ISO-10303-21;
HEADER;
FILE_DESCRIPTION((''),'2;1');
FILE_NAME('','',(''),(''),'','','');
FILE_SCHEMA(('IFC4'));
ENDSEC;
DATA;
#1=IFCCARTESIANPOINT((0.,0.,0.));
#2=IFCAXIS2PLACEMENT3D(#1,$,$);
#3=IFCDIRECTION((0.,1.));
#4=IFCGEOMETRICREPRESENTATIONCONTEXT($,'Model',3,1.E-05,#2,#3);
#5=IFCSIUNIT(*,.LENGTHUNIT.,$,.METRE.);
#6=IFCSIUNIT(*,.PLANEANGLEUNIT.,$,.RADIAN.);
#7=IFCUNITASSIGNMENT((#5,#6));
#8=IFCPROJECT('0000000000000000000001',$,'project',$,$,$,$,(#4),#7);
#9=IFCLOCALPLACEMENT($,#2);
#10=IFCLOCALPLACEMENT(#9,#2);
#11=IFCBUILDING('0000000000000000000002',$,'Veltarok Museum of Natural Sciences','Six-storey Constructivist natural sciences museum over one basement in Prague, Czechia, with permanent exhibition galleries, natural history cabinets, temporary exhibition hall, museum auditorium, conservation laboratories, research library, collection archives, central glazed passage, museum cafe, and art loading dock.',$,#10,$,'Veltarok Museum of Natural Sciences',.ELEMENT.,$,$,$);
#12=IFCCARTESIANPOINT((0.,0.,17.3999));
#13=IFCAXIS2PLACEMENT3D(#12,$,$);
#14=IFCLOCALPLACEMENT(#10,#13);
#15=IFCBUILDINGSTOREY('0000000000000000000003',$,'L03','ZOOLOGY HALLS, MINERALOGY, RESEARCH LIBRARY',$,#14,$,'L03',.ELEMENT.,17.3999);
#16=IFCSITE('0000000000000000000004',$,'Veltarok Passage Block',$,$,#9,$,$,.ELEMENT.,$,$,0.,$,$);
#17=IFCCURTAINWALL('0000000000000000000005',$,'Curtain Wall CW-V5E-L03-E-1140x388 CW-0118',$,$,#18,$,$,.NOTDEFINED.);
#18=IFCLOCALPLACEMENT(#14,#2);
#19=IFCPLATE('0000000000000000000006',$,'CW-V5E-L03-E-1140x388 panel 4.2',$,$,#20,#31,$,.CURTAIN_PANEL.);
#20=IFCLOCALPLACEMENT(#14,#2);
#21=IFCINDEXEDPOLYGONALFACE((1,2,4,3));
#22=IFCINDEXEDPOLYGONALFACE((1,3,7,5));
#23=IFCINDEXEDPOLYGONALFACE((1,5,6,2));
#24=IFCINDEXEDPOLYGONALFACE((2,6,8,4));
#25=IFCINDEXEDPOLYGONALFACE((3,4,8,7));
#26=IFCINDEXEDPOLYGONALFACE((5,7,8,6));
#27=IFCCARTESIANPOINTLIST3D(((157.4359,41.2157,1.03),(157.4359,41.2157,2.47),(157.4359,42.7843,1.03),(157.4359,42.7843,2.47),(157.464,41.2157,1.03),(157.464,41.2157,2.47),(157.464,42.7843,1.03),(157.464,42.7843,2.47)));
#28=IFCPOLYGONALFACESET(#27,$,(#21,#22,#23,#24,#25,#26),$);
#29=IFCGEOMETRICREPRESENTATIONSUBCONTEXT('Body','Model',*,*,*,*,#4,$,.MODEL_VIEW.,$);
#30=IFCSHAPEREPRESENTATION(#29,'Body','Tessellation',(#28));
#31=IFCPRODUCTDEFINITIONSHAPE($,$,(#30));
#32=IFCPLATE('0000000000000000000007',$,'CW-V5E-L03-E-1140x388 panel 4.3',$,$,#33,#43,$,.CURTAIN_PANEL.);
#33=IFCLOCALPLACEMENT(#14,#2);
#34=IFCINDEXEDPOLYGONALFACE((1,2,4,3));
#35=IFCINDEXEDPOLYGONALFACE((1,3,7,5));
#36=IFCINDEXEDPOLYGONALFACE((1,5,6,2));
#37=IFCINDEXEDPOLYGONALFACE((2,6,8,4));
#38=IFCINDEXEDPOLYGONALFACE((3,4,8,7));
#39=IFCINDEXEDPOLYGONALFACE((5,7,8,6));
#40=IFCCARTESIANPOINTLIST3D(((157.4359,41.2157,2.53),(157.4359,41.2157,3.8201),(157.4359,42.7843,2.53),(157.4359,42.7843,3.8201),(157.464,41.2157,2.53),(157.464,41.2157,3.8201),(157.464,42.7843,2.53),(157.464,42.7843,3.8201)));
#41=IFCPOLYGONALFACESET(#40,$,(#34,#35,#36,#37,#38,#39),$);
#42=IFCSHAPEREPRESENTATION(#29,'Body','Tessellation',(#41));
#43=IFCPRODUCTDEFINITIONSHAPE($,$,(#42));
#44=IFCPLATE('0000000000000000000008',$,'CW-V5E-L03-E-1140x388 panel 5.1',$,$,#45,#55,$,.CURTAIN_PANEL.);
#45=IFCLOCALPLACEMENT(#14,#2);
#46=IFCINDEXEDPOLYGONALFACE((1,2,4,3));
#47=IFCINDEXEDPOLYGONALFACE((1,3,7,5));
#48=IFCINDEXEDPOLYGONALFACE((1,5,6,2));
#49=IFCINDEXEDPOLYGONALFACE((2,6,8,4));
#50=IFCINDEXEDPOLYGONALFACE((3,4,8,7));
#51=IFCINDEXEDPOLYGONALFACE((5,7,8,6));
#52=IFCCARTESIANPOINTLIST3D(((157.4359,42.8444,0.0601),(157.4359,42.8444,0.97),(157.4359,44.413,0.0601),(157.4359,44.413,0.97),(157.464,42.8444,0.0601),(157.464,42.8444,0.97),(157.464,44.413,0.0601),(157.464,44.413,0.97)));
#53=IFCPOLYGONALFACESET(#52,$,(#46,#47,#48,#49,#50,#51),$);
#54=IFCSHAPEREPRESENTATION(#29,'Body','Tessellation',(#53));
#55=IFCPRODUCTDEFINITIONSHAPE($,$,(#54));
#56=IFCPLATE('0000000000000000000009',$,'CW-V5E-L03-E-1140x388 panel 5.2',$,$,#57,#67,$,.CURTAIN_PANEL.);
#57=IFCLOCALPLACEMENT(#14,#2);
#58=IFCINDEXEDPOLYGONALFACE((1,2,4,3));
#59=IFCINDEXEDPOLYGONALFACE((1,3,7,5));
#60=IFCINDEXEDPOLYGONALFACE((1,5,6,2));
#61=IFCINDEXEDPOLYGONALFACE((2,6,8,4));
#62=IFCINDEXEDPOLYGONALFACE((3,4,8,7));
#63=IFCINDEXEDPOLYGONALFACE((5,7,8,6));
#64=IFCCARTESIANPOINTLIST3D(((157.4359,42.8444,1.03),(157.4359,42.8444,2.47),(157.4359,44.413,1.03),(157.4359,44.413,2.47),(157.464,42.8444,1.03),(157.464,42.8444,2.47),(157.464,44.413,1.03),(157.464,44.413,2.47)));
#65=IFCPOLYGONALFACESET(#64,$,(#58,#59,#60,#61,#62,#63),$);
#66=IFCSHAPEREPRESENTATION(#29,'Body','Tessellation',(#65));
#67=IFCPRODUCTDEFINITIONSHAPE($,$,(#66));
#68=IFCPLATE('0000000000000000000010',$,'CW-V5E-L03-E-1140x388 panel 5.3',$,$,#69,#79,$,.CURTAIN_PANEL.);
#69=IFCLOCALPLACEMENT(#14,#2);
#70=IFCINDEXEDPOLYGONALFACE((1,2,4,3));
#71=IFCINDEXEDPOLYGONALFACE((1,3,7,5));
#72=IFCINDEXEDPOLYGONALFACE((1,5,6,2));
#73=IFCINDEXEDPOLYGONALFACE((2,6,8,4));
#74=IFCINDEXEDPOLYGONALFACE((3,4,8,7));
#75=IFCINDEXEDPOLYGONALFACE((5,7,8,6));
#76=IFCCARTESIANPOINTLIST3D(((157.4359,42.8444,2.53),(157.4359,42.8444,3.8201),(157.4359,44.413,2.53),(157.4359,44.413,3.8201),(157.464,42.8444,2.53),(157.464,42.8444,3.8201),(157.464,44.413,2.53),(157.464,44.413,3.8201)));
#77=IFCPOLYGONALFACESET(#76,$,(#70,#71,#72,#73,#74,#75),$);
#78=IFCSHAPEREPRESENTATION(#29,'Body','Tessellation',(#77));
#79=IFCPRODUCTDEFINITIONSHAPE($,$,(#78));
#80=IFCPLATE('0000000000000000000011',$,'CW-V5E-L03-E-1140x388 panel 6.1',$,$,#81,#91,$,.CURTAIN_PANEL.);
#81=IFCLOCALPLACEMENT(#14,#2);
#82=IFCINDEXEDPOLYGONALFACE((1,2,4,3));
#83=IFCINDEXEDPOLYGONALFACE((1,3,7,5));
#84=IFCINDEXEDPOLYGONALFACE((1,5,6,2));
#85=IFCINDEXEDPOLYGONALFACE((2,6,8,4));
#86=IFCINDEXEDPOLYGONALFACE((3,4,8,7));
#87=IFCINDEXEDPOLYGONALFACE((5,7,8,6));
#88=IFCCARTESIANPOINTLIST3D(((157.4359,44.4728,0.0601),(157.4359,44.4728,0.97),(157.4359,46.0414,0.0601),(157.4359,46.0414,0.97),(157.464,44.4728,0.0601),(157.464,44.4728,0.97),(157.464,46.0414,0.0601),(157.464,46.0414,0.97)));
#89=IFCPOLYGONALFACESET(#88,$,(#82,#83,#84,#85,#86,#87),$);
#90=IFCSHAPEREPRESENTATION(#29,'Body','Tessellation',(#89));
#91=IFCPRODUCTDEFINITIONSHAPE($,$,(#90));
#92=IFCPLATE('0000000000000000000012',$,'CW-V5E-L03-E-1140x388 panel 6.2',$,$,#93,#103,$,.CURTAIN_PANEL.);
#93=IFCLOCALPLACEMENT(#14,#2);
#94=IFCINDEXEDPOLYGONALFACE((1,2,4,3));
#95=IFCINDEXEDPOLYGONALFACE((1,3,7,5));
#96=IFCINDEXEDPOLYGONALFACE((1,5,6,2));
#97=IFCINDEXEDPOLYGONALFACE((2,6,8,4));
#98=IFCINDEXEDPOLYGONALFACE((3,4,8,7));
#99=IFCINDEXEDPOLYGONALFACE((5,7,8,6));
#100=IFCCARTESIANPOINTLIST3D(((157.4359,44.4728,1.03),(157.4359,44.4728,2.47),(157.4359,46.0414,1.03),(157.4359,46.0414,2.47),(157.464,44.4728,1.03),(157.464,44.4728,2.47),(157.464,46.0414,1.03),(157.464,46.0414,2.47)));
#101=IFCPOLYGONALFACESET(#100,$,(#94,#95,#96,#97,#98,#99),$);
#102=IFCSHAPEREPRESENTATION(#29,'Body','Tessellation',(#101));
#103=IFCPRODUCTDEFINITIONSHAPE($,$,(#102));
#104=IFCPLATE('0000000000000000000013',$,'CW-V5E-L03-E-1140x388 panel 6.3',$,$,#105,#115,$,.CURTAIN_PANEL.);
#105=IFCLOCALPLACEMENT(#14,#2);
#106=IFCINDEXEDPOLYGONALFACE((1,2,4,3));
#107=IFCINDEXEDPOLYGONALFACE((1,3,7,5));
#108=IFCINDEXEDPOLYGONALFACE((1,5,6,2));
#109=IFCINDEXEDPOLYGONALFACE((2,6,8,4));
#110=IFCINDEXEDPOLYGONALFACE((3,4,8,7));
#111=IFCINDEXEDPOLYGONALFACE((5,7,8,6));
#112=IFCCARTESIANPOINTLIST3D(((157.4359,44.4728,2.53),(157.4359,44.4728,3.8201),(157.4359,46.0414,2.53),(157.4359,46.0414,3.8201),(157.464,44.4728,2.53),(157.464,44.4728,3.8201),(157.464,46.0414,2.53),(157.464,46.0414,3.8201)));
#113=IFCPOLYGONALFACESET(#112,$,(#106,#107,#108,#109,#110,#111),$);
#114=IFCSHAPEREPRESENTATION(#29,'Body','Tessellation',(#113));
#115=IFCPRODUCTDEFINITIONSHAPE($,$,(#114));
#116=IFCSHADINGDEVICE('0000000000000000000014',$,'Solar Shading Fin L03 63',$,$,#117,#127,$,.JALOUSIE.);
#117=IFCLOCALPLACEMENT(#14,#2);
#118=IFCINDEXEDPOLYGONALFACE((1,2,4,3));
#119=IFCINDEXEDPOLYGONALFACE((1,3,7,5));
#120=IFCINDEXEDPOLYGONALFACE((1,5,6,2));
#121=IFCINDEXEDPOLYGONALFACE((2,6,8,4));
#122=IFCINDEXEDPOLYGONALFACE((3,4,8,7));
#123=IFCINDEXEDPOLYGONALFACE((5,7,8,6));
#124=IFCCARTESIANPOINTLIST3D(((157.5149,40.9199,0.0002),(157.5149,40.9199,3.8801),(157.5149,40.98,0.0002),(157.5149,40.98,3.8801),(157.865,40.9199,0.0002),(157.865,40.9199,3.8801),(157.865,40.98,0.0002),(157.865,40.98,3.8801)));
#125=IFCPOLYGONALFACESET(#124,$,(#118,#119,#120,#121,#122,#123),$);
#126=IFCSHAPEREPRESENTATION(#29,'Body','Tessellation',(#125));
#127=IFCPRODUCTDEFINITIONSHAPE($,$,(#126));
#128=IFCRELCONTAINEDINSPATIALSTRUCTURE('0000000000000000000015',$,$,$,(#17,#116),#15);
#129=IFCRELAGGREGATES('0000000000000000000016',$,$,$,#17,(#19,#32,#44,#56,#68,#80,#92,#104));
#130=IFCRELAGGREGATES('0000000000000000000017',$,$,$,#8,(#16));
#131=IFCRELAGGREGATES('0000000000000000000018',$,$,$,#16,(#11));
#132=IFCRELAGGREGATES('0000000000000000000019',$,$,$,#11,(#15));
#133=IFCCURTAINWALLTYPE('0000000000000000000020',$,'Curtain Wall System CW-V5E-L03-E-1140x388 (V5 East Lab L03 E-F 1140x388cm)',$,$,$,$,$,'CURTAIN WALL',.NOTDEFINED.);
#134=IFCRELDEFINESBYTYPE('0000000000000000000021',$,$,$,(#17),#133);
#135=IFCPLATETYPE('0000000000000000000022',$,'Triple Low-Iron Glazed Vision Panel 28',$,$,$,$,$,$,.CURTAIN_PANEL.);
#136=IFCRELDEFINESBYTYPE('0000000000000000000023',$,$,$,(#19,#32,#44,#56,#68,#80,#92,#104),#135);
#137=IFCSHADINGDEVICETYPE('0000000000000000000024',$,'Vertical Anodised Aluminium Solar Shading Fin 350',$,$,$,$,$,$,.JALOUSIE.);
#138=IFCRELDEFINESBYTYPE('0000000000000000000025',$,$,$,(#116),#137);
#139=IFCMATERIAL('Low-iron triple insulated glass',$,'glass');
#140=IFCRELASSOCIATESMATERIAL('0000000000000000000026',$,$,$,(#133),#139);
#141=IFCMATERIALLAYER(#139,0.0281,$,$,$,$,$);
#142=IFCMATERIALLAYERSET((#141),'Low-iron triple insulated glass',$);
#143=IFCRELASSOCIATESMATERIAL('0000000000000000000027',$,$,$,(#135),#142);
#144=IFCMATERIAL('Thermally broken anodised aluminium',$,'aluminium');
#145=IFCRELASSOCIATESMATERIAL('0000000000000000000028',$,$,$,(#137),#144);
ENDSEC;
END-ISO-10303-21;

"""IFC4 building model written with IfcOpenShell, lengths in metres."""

from ifc_helpers import new_model, si_unit, direction, frame, origin, origin_2d, place, context, subcontext, project, spatial, rectangle, extrude, material, layer, layer_set, type_object, element, aggregate, save


model = new_model("IFC4")

# Units and contexts
model_context = context("Model", 3, precision=1e-05, world=origin(), true_north=direction((0.0, 1.0)))
body_context = subcontext(model_context, "Body", "Model", "MODEL_VIEW")
ifc_project = project(units=[si_unit("LENGTHUNIT", "METRE"), si_unit("PLANEANGLEUNIT", "RADIAN")], contexts=[model_context])

# Site, building, storey
site_placement = place(None, origin())
site = spatial("IfcSite", under=ifc_project, at=site_placement, Name="Veltarok Passage Block", CompositionType="ELEMENT", RefElevation=0.0)
building_placement = place(site_placement, origin())
building = spatial("IfcBuilding", under=site, at=building_placement, Name="Veltarok Museum of Natural Sciences", Description="Six-storey Constructivist natural sciences museum over one basement in Prague, Czechia, with permanent exhibition galleries, natural history cabinets, temporary exhibition hall, museum auditorium, conservation laboratories, research library, collection archives, central glazed passage, museum cafe, and art loading dock.", LongName="Veltarok Museum of Natural Sciences", CompositionType="ELEMENT")
storey_placement = place(building_placement, frame((0.0, 0.0, 17.3999)))
storey = spatial("IfcBuildingStorey", under=building, at=storey_placement, Name="L03", Description="ZOOLOGY HALLS, MINERALOGY, RESEARCH LIBRARY", LongName="L03", CompositionType="ELEMENT", Elevation=17.3999)

# Curtain wall, plates
ifc_material_1 = material(Name="Low-iron triple insulated glass", Category="glass")
curtain_wall_type = type_object("IfcCurtainWallType", Name="Curtain Wall System CW-V5E-L03-E-1140x388 (V5 East Lab L03 E-F 1140x388cm)", ElementType="CURTAIN WALL", PredefinedType="NOTDEFINED", material=ifc_material_1)
curtain_wall_placement = place(storey_placement, origin())
curtain_wall = element("IfcCurtainWall", 1, at=curtain_wall_placement, inside=storey, type_object=curtain_wall_type, Name="Curtain Wall CW-V5E-L03-E-1140x388 CW-0118", PredefinedType="NOTDEFINED")
ifc_material_2 = material(Name="Thermally broken anodised aluminium", Category="aluminium")
ifc_layer = layer(ifc_material_1, 0.0281)
ifc_layer_set = layer_set([ifc_layer], Name="Low-iron triple insulated glass")
plate_type = type_object("IfcPlateType", Name="Triple Low-Iron Glazed Vision Panel 28", PredefinedType="CURTAIN_PANEL", material=ifc_layer_set)
plate_1_placement = place(storey_placement, frame((157.45, 42.0, 1.03), z_axis=(0.0, 0.0, 1.0), x_axis=(0.0, 1.0, 0.0)))
plate_1 = element("IfcPlate", 2, at=plate_1_placement, type_object=plate_type, Name="CW-V5E-L03-E-1140x388 panel 4.2", PredefinedType="CURTAIN_PANEL", context=body_context, shape_type="SweptSolid", body=[
    extrude(rectangle(XDim=1.5686, YDim=0.0281, at=origin_2d()), origin(), (0.0, 0.0, 1.0), 1.4399),
])
plate_2_placement = place(storey_placement, frame((157.45, 42.0, 2.53), z_axis=(0.0, 0.0, 1.0), x_axis=(0.0, 1.0, 0.0)))
plate_2 = element("IfcPlate", 3, at=plate_2_placement, type_object=plate_type, Name="CW-V5E-L03-E-1140x388 panel 4.3", PredefinedType="CURTAIN_PANEL", context=body_context, shape_type="SweptSolid", body=[
    extrude(rectangle(XDim=1.5686, YDim=0.0281, at=origin_2d()), origin(), (0.0, 0.0, 1.0), 1.29),
])
plate_3_placement = place(storey_placement, frame((157.45, 43.6287, 0.0601), z_axis=(0.0, 0.0, 1.0), x_axis=(0.0, 1.0, 0.0)))
plate_3 = element("IfcPlate", 4, at=plate_3_placement, type_object=plate_type, Name="CW-V5E-L03-E-1140x388 panel 5.1", PredefinedType="CURTAIN_PANEL", context=body_context, shape_type="SweptSolid", body=[
    extrude(rectangle(XDim=1.5686, YDim=0.0281, at=origin_2d()), origin(), (0.0, 0.0, 1.0), 0.9099),
])
plate_4_placement = place(storey_placement, frame((157.45, 43.6287, 1.03), z_axis=(0.0, 0.0, 1.0), x_axis=(0.0, 1.0, 0.0)))
plate_4 = element("IfcPlate", 5, at=plate_4_placement, type_object=plate_type, Name="CW-V5E-L03-E-1140x388 panel 5.2", PredefinedType="CURTAIN_PANEL", context=body_context, shape_type="SweptSolid", body=[
    extrude(rectangle(XDim=1.5686, YDim=0.0281, at=origin_2d()), origin(), (0.0, 0.0, 1.0), 1.4399),
])
plate_5_placement = place(storey_placement, frame((157.45, 43.6287, 2.53), z_axis=(0.0, 0.0, 1.0), x_axis=(0.0, 1.0, 0.0)))
plate_5 = element("IfcPlate", 6, at=plate_5_placement, type_object=plate_type, Name="CW-V5E-L03-E-1140x388 panel 5.3", PredefinedType="CURTAIN_PANEL", context=body_context, shape_type="SweptSolid", body=[
    extrude(rectangle(XDim=1.5686, YDim=0.0281, at=origin_2d()), origin(), (0.0, 0.0, 1.0), 1.29),
])
plate_6_placement = place(storey_placement, frame((157.45, 45.2571, 0.0601), z_axis=(0.0, 0.0, 1.0), x_axis=(0.0, 1.0, 0.0)))
plate_6 = element("IfcPlate", 7, at=plate_6_placement, type_object=plate_type, Name="CW-V5E-L03-E-1140x388 panel 6.1", PredefinedType="CURTAIN_PANEL", context=body_context, shape_type="SweptSolid", body=[
    extrude(rectangle(XDim=1.5686, YDim=0.0281, at=origin_2d()), origin(), (0.0, 0.0, 1.0), 0.9099),
])
plate_7_placement = place(storey_placement, frame((157.45, 45.2571, 1.03), z_axis=(0.0, 0.0, 1.0), x_axis=(0.0, 1.0, 0.0)))
plate_7 = element("IfcPlate", 8, at=plate_7_placement, type_object=plate_type, Name="CW-V5E-L03-E-1140x388 panel 6.2", PredefinedType="CURTAIN_PANEL", context=body_context, shape_type="SweptSolid", body=[
    extrude(rectangle(XDim=1.5686, YDim=0.0281, at=origin_2d()), origin(), (0.0, 0.0, 1.0), 1.4399),
])
plate_8_placement = place(storey_placement, frame((157.45, 45.2571, 2.53), z_axis=(0.0, 0.0, 1.0), x_axis=(0.0, 1.0, 0.0)))
plate_8 = element("IfcPlate", 9, at=plate_8_placement, type_object=plate_type, Name="CW-V5E-L03-E-1140x388 panel 6.3", PredefinedType="CURTAIN_PANEL", context=body_context, shape_type="SweptSolid", body=[
    extrude(rectangle(XDim=1.5686, YDim=0.0281, at=origin_2d()), origin(), (0.0, 0.0, 1.0), 1.29),
])
aggregate(curtain_wall, [plate_1, plate_2, plate_3, plate_4, plate_5, plate_6, plate_7, plate_8])

# Shading device
shading_device_type = type_object("IfcShadingDeviceType", Name="Vertical Anodised Aluminium Solar Shading Fin 350", PredefinedType="JALOUSIE", material=ifc_material_2)
shading_device_placement = place(storey_placement, frame((157.6899, 40.95, 0.0002), z_axis=(0.0, 0.0, 1.0), x_axis=(1.0, 0.0, 0.0)))
element("IfcShadingDevice", 10, at=shading_device_placement, inside=storey, type_object=shading_device_type, Name="Solar Shading Fin L03 63", PredefinedType="JALOUSIE", context=body_context, shape_type="SweptSolid", body=[
    extrude(rectangle(XDim=0.3501, YDim=0.0601, at=origin_2d()), origin(), (0.0, 0.0, 1.0), 3.8799),
])

save(model, "model.ifc")
